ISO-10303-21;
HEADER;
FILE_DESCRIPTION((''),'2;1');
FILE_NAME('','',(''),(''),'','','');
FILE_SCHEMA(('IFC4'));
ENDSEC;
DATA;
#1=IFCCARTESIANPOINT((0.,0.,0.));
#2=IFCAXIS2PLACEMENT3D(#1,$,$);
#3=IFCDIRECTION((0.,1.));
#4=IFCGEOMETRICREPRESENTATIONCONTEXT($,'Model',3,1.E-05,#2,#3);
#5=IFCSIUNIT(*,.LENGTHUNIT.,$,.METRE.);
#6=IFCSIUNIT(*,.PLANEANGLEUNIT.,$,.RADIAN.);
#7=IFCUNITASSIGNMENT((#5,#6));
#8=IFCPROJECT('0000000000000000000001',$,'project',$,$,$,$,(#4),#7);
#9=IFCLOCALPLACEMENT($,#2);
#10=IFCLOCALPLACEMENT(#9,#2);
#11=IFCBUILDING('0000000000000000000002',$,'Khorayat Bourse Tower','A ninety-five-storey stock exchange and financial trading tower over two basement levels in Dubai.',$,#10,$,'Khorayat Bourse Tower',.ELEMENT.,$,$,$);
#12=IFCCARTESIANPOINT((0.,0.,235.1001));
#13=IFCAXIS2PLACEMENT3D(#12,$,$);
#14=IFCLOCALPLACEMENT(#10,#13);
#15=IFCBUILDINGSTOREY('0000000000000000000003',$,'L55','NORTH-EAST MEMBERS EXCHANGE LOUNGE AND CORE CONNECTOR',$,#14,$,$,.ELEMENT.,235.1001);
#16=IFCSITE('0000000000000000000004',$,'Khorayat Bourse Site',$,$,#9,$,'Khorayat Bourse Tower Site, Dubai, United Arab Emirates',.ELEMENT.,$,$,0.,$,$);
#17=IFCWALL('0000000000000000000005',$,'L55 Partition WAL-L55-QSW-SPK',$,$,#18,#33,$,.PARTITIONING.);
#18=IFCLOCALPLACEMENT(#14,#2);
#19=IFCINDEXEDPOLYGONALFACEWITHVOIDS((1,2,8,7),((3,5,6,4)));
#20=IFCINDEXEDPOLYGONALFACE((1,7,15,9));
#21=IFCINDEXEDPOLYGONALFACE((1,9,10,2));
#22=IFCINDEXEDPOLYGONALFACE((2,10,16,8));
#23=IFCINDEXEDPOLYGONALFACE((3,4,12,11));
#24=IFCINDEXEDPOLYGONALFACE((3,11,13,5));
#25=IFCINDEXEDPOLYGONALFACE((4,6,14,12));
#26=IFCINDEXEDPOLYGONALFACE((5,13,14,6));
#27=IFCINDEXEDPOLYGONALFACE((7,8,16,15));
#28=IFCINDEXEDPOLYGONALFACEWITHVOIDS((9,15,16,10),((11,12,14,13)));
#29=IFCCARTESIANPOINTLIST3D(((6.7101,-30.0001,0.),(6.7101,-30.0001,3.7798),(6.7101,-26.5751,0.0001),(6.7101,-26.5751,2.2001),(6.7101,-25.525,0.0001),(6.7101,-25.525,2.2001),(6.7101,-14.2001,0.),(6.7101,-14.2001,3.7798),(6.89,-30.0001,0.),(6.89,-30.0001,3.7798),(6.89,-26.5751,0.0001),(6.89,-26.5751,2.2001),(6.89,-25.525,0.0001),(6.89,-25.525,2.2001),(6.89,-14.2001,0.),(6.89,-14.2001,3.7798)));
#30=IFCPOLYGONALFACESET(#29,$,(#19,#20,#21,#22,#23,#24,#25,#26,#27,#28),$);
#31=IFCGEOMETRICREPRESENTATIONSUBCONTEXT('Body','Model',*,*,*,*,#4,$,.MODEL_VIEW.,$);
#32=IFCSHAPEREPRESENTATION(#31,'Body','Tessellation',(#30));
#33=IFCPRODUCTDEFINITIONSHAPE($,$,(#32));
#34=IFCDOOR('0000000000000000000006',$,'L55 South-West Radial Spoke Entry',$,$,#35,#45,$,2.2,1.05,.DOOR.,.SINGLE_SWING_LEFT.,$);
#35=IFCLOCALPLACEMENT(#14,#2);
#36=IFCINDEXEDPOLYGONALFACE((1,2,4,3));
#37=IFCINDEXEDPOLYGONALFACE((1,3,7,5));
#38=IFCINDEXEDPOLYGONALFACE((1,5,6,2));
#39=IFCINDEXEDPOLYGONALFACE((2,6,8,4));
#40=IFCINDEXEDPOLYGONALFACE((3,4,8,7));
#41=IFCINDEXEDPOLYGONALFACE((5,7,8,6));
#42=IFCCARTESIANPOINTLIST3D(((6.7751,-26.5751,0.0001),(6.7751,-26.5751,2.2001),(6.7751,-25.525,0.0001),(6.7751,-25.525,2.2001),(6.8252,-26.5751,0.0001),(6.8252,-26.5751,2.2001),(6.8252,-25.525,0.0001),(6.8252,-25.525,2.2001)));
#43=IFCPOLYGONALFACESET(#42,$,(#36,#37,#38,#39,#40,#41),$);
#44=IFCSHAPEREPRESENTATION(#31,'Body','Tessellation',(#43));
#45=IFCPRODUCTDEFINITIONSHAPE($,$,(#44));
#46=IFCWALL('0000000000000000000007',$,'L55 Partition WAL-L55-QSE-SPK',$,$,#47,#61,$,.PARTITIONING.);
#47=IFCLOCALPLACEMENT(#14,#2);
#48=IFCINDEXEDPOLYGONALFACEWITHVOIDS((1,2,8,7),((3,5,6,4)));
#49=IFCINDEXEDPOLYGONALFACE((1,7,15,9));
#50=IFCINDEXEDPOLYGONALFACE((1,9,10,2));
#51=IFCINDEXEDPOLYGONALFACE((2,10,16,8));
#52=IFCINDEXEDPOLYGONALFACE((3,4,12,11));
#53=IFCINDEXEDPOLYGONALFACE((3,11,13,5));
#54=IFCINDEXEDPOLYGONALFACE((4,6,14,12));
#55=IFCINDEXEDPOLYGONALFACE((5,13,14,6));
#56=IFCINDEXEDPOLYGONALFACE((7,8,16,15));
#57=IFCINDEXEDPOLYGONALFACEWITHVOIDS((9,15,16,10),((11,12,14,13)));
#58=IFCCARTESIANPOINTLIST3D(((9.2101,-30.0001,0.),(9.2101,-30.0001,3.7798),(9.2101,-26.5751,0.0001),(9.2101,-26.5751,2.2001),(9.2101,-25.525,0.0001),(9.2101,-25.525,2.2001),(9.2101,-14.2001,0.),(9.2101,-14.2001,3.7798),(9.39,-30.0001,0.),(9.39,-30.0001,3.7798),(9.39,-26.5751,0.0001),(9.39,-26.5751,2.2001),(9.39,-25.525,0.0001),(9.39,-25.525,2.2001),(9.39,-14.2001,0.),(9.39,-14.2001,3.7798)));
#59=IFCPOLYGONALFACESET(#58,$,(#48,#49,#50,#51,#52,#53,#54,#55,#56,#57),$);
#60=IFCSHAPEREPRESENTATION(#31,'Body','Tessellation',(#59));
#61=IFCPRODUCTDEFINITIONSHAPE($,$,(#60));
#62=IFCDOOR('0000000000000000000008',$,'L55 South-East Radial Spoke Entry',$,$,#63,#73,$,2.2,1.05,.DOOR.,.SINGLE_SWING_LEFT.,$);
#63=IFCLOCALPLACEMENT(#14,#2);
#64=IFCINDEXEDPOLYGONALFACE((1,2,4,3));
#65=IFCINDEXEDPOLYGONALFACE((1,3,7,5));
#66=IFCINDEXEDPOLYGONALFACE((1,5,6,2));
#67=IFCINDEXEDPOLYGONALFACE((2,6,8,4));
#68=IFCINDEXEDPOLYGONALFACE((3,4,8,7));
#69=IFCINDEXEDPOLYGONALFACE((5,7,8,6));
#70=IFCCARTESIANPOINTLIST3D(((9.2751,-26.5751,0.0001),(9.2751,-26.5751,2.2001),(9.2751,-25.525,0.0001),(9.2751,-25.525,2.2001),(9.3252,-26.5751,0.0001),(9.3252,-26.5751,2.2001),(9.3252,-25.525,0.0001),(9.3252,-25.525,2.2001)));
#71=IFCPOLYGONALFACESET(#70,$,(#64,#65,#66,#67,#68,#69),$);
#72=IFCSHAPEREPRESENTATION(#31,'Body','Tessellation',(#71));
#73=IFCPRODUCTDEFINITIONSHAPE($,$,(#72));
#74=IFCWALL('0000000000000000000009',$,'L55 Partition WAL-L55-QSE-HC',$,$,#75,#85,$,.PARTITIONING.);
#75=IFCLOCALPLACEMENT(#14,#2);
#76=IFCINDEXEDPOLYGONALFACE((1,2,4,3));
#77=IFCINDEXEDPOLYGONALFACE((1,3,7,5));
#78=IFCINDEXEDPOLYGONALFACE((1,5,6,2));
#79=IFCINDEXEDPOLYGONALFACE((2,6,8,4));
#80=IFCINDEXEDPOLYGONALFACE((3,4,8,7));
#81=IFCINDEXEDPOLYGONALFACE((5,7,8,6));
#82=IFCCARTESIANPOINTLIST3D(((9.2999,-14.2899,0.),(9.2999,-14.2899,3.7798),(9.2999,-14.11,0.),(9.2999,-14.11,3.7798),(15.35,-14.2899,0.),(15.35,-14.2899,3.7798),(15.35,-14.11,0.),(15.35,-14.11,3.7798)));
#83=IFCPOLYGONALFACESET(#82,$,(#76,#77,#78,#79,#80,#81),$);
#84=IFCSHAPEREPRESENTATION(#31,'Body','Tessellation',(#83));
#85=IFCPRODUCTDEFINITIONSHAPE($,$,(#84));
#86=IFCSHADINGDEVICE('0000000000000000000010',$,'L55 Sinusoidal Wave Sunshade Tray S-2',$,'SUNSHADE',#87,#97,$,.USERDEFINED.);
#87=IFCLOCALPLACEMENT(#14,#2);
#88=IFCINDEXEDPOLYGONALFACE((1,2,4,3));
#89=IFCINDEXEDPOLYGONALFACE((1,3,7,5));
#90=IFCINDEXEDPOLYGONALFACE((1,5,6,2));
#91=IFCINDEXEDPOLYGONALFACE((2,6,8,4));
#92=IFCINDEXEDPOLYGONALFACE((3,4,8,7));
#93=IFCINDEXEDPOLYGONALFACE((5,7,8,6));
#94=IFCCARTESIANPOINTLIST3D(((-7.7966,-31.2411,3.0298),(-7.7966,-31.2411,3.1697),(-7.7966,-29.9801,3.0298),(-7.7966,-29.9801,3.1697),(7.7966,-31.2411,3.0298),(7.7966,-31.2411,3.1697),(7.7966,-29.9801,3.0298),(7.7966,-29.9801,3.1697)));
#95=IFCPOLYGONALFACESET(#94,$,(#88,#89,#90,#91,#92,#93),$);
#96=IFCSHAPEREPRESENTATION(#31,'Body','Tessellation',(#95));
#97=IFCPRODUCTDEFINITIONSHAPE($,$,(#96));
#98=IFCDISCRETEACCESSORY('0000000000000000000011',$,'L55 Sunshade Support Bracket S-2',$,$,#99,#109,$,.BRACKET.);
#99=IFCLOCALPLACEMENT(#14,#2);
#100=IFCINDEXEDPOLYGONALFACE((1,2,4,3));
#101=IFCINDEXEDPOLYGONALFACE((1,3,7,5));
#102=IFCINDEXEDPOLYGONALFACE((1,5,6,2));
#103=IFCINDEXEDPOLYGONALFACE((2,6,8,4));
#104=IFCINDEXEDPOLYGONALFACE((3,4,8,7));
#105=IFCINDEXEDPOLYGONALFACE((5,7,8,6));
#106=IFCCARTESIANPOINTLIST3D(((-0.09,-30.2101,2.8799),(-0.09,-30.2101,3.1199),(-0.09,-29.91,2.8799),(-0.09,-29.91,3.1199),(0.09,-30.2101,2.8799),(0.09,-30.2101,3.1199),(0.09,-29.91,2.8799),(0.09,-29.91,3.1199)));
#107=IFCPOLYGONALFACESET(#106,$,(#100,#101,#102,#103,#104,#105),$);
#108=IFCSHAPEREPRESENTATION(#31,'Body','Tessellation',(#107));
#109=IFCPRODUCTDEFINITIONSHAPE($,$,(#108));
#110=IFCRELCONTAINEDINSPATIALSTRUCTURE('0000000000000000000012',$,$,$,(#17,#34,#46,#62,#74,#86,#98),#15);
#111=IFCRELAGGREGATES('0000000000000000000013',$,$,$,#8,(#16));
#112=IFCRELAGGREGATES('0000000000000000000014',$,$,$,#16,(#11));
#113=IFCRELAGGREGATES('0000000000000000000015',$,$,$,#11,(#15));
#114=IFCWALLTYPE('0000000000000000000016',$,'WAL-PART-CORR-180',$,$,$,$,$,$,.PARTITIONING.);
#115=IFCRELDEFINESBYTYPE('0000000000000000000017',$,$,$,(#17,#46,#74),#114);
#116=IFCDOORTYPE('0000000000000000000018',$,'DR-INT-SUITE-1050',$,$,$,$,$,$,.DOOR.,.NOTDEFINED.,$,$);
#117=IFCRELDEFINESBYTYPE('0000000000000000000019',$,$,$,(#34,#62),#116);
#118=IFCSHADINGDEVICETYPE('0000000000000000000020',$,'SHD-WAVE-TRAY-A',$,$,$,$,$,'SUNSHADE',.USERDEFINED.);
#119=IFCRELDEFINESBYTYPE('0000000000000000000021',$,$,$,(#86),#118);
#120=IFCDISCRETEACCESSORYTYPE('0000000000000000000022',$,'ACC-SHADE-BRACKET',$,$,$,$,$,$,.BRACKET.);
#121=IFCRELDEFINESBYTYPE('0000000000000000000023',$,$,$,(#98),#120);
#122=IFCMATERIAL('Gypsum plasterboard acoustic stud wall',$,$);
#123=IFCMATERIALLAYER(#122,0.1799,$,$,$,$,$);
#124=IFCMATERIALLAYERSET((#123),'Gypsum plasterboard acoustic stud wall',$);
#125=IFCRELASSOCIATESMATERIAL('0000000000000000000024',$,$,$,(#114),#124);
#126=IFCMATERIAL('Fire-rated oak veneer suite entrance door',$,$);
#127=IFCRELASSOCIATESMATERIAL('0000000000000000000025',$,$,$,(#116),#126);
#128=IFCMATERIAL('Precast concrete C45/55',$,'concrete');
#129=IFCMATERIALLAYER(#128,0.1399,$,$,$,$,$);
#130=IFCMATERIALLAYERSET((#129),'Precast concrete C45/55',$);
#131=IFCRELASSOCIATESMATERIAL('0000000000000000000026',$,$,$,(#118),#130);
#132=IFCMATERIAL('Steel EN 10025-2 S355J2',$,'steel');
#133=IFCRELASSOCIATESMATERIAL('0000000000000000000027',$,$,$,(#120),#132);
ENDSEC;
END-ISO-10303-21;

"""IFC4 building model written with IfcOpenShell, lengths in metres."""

from ifc_helpers import new_model, si_unit, direction, frame, frame_2d, origin, origin_2d, place, context, subcontext, project, spatial, rectangle, extrude, source, transform, mapped, material, layer, layer_set, type_object, element, fill, save


model = new_model("IFC4")

# Units and contexts
model_context = context("Model", 3, precision=1e-05, world=origin(), true_north=direction((0.0, 1.0)))
body_context = subcontext(model_context, "Body", "Model", "MODEL_VIEW")
ifc_project = project(units=[si_unit("LENGTHUNIT", "METRE"), si_unit("PLANEANGLEUNIT", "RADIAN")], contexts=[model_context])

# Site, building, storey
site_placement = place(None, origin())
site = spatial("IfcSite", under=ifc_project, at=site_placement, Name="Khorayat Bourse Site", LongName="Khorayat Bourse Tower Site, Dubai, United Arab Emirates", CompositionType="ELEMENT", RefElevation=0.0)
building_placement = place(site_placement, origin())
building = spatial("IfcBuilding", under=site, at=building_placement, Name="Khorayat Bourse Tower", Description="A ninety-five-storey stock exchange and financial trading tower over two basement levels in Dubai.", LongName="Khorayat Bourse Tower", CompositionType="ELEMENT")
storey_placement = place(building_placement, frame((0.0, 0.0, 235.1001)))
storey = spatial("IfcBuildingStorey", under=building, at=storey_placement, Name="L55", Description="NORTH-EAST MEMBERS EXCHANGE LOUNGE AND CORE CONNECTOR", CompositionType="ELEMENT", Elevation=235.1001)

# Shared definitions
ifc_material_1 = material(Name="Steel EN 10025-2 S355J2", Category="steel")

# Shared definitions
ifc_material_2 = material(Name="Gypsum plasterboard acoustic stud wall")
ifc_layer_1 = layer(ifc_material_2, 0.1799)
ifc_layer_set_1 = layer_set([ifc_layer_1], Name="Gypsum plasterboard acoustic stud wall")
wall_type = type_object("IfcWallType", Name="WAL-PART-CORR-180", PredefinedType="PARTITIONING", material=ifc_layer_set_1)

# Walls, openings, doors
shared_shape_1 = source(origin(), body_context, "Body", "SweptSolid", [
    extrude(rectangle(XDim=15.8, YDim=0.1799, at=frame_2d((7.8999, 0.0))), origin(), (0.0, 0.0, 1.0), 3.7798),
])
wall_1_placement = place(storey_placement, frame((6.8, -30.0, 0.0), z_axis=(0.0, 0.0, 1.0), x_axis=(0.0, 1.0, 0.0)))
wall_1 = element("IfcWall", 1, at=wall_1_placement, inside=storey, type_object=wall_type, Name="L55 Partition WAL-L55-QSW-SPK", PredefinedType="PARTITIONING", context=body_context, shape_type="MappedRepresentation", body=[
    mapped(shared_shape_1, transform((0.0, 0.0, 0.0), scale=1.0)),
])
shared_shape_2 = source(origin(), body_context, "Body", "SweptSolid", [
    extrude(rectangle(XDim=1.05, YDim=2.2, at=frame_2d((0.5249, 1.1001))), frame((0.0, 0.0999, 0.0), z_axis=(0.0, -1.0, 0.0), x_axis=(1.0, 0.0, 0.0)), (0.0, 0.0, 1.0), 0.2),
])
opening_1_placement = place(wall_1_placement, frame((3.425, 0.0, 0.0)))
opening_1 = element("IfcOpeningElement", 2, at=opening_1_placement, cuts=wall_1, PredefinedType="OPENING", context=body_context, shape_type="MappedRepresentation", body=[
    mapped(shared_shape_2, transform((0.0, 0.0, 0.0), scale=1.0)),
])
ifc_material_3 = material(Name="Fire-rated oak veneer suite entrance door")
door_type = type_object("IfcDoorType", Name="DR-INT-SUITE-1050", OperationType="NOTDEFINED", PredefinedType="DOOR", material=ifc_material_3)
shared_shape_3 = source(origin(), body_context, "Body", "SweptSolid", [
    extrude(rectangle(XDim=1.05, YDim=2.2, at=frame_2d((0.5249, 1.1001))), frame((0.0, 0.0249, 0.0), z_axis=(0.0, -1.0, 0.0), x_axis=(1.0, 0.0, 0.0)), (0.0, 0.0, 1.0), 0.05),
])
door_1_placement = place(opening_1_placement, origin())
door_1 = element("IfcDoor", 3, at=door_1_placement, inside=storey, type_object=door_type, Name="L55 South-West Radial Spoke Entry", OperationType="SINGLE_SWING_LEFT", OverallHeight=2.2, OverallWidth=1.05, PredefinedType="DOOR", context=body_context, shape_type="MappedRepresentation", body=[
    mapped(shared_shape_3, transform((0.0, 0.0, 0.0), scale=1.0)),
])
fill(opening_1, door_1)
wall_2_placement = place(storey_placement, frame((9.3, -30.0, 0.0), z_axis=(0.0, 0.0, 1.0), x_axis=(0.0, 1.0, 0.0)))
wall_2 = element("IfcWall", 4, at=wall_2_placement, inside=storey, type_object=wall_type, Name="L55 Partition WAL-L55-QSE-SPK", PredefinedType="PARTITIONING", context=body_context, shape_type="MappedRepresentation", body=[
    mapped(shared_shape_1, transform((0.0, 0.0, 0.0), scale=1.0)),
])
opening_2_placement = place(wall_2_placement, frame((3.425, 0.0, 0.0)))
opening_2 = element("IfcOpeningElement", 5, at=opening_2_placement, cuts=wall_2, PredefinedType="OPENING", context=body_context, shape_type="MappedRepresentation", body=[
    mapped(shared_shape_2, transform((0.0, 0.0, 0.0), scale=1.0)),
])
door_2_placement = place(opening_2_placement, origin())
door_2 = element("IfcDoor", 6, at=door_2_placement, inside=storey, type_object=door_type, Name="L55 South-East Radial Spoke Entry", OperationType="SINGLE_SWING_LEFT", OverallHeight=2.2, OverallWidth=1.05, PredefinedType="DOOR", context=body_context, shape_type="MappedRepresentation", body=[
    mapped(shared_shape_3, transform((0.0, 0.0, 0.0), scale=1.0)),
])
fill(opening_2, door_2)

# Wall
shared_shape_4 = source(origin(), body_context, "Body", "SweptSolid", [
    extrude(rectangle(XDim=6.05, YDim=0.1799, at=frame_2d((3.0249, 0.0))), origin(), (0.0, 0.0, 1.0), 3.7798),
])
wall_3_placement = place(storey_placement, frame((9.3, -14.2, 0.0), z_axis=(0.0, 0.0, 1.0), x_axis=(1.0, 0.0, 0.0)))
element("IfcWall", 7, at=wall_3_placement, inside=storey, type_object=wall_type, Name="L55 Partition WAL-L55-QSE-HC", PredefinedType="PARTITIONING", context=body_context, shape_type="MappedRepresentation", body=[
    mapped(shared_shape_4, transform((0.0, 0.0, 0.0), scale=1.0)),
])

# Shading device
ifc_material_4 = material(Name="Precast concrete C45/55", Category="concrete")
ifc_layer_2 = layer(ifc_material_4, 0.1399)
ifc_layer_set_2 = layer_set([ifc_layer_2], Name="Precast concrete C45/55")
shading_device_type = type_object("IfcShadingDeviceType", Name="SHD-WAVE-TRAY-A", ElementType="SUNSHADE", PredefinedType="USERDEFINED", material=ifc_layer_set_2)
shared_shape_5 = source(origin(), body_context, "Body", "SweptSolid", [
    extrude(rectangle(XDim=15.5933, YDim=1.261, at=origin_2d()), origin(), (0.0, 0.0, 1.0), 0.1399),
])
shading_device_placement = place(storey_placement, frame((0.0, -30.6106, 3.0298), z_axis=(0.0, 0.0, 1.0), x_axis=(1.0, 0.0, 0.0)))
element("IfcShadingDevice", 8, at=shading_device_placement, inside=storey, type_object=shading_device_type, Name="L55 Sinusoidal Wave Sunshade Tray S-2", ObjectType="SUNSHADE", PredefinedType="USERDEFINED", context=body_context, shape_type="MappedRepresentation", body=[
    mapped(shared_shape_5, transform((0.0, 0.0, 0.0), scale=1.0)),
])

# Discrete accessory
discrete_accessory_type = type_object("IfcDiscreteAccessoryType", Name="ACC-SHADE-BRACKET", PredefinedType="BRACKET", material=ifc_material_1)
shared_shape_6 = source(origin(), body_context, "Body", "SweptSolid", [
    extrude(rectangle(XDim=0.1799, YDim=0.3, at=origin_2d()), origin(), (0.0, 0.0, 1.0), 0.24),
])
discrete_accessory_placement = place(storey_placement, frame((0.0, -30.0601, 2.8799), z_axis=(0.0, 0.0, 1.0), x_axis=(1.0, 0.0, 0.0)))
element("IfcDiscreteAccessory", 9, at=discrete_accessory_placement, inside=storey, type_object=discrete_accessory_type, Name="L55 Sunshade Support Bracket S-2", PredefinedType="BRACKET", context=body_context, shape_type="MappedRepresentation", body=[
    mapped(shared_shape_6, transform((0.0, 0.0, 0.0), scale=1.0)),
])

save(model, "model.ifc")
